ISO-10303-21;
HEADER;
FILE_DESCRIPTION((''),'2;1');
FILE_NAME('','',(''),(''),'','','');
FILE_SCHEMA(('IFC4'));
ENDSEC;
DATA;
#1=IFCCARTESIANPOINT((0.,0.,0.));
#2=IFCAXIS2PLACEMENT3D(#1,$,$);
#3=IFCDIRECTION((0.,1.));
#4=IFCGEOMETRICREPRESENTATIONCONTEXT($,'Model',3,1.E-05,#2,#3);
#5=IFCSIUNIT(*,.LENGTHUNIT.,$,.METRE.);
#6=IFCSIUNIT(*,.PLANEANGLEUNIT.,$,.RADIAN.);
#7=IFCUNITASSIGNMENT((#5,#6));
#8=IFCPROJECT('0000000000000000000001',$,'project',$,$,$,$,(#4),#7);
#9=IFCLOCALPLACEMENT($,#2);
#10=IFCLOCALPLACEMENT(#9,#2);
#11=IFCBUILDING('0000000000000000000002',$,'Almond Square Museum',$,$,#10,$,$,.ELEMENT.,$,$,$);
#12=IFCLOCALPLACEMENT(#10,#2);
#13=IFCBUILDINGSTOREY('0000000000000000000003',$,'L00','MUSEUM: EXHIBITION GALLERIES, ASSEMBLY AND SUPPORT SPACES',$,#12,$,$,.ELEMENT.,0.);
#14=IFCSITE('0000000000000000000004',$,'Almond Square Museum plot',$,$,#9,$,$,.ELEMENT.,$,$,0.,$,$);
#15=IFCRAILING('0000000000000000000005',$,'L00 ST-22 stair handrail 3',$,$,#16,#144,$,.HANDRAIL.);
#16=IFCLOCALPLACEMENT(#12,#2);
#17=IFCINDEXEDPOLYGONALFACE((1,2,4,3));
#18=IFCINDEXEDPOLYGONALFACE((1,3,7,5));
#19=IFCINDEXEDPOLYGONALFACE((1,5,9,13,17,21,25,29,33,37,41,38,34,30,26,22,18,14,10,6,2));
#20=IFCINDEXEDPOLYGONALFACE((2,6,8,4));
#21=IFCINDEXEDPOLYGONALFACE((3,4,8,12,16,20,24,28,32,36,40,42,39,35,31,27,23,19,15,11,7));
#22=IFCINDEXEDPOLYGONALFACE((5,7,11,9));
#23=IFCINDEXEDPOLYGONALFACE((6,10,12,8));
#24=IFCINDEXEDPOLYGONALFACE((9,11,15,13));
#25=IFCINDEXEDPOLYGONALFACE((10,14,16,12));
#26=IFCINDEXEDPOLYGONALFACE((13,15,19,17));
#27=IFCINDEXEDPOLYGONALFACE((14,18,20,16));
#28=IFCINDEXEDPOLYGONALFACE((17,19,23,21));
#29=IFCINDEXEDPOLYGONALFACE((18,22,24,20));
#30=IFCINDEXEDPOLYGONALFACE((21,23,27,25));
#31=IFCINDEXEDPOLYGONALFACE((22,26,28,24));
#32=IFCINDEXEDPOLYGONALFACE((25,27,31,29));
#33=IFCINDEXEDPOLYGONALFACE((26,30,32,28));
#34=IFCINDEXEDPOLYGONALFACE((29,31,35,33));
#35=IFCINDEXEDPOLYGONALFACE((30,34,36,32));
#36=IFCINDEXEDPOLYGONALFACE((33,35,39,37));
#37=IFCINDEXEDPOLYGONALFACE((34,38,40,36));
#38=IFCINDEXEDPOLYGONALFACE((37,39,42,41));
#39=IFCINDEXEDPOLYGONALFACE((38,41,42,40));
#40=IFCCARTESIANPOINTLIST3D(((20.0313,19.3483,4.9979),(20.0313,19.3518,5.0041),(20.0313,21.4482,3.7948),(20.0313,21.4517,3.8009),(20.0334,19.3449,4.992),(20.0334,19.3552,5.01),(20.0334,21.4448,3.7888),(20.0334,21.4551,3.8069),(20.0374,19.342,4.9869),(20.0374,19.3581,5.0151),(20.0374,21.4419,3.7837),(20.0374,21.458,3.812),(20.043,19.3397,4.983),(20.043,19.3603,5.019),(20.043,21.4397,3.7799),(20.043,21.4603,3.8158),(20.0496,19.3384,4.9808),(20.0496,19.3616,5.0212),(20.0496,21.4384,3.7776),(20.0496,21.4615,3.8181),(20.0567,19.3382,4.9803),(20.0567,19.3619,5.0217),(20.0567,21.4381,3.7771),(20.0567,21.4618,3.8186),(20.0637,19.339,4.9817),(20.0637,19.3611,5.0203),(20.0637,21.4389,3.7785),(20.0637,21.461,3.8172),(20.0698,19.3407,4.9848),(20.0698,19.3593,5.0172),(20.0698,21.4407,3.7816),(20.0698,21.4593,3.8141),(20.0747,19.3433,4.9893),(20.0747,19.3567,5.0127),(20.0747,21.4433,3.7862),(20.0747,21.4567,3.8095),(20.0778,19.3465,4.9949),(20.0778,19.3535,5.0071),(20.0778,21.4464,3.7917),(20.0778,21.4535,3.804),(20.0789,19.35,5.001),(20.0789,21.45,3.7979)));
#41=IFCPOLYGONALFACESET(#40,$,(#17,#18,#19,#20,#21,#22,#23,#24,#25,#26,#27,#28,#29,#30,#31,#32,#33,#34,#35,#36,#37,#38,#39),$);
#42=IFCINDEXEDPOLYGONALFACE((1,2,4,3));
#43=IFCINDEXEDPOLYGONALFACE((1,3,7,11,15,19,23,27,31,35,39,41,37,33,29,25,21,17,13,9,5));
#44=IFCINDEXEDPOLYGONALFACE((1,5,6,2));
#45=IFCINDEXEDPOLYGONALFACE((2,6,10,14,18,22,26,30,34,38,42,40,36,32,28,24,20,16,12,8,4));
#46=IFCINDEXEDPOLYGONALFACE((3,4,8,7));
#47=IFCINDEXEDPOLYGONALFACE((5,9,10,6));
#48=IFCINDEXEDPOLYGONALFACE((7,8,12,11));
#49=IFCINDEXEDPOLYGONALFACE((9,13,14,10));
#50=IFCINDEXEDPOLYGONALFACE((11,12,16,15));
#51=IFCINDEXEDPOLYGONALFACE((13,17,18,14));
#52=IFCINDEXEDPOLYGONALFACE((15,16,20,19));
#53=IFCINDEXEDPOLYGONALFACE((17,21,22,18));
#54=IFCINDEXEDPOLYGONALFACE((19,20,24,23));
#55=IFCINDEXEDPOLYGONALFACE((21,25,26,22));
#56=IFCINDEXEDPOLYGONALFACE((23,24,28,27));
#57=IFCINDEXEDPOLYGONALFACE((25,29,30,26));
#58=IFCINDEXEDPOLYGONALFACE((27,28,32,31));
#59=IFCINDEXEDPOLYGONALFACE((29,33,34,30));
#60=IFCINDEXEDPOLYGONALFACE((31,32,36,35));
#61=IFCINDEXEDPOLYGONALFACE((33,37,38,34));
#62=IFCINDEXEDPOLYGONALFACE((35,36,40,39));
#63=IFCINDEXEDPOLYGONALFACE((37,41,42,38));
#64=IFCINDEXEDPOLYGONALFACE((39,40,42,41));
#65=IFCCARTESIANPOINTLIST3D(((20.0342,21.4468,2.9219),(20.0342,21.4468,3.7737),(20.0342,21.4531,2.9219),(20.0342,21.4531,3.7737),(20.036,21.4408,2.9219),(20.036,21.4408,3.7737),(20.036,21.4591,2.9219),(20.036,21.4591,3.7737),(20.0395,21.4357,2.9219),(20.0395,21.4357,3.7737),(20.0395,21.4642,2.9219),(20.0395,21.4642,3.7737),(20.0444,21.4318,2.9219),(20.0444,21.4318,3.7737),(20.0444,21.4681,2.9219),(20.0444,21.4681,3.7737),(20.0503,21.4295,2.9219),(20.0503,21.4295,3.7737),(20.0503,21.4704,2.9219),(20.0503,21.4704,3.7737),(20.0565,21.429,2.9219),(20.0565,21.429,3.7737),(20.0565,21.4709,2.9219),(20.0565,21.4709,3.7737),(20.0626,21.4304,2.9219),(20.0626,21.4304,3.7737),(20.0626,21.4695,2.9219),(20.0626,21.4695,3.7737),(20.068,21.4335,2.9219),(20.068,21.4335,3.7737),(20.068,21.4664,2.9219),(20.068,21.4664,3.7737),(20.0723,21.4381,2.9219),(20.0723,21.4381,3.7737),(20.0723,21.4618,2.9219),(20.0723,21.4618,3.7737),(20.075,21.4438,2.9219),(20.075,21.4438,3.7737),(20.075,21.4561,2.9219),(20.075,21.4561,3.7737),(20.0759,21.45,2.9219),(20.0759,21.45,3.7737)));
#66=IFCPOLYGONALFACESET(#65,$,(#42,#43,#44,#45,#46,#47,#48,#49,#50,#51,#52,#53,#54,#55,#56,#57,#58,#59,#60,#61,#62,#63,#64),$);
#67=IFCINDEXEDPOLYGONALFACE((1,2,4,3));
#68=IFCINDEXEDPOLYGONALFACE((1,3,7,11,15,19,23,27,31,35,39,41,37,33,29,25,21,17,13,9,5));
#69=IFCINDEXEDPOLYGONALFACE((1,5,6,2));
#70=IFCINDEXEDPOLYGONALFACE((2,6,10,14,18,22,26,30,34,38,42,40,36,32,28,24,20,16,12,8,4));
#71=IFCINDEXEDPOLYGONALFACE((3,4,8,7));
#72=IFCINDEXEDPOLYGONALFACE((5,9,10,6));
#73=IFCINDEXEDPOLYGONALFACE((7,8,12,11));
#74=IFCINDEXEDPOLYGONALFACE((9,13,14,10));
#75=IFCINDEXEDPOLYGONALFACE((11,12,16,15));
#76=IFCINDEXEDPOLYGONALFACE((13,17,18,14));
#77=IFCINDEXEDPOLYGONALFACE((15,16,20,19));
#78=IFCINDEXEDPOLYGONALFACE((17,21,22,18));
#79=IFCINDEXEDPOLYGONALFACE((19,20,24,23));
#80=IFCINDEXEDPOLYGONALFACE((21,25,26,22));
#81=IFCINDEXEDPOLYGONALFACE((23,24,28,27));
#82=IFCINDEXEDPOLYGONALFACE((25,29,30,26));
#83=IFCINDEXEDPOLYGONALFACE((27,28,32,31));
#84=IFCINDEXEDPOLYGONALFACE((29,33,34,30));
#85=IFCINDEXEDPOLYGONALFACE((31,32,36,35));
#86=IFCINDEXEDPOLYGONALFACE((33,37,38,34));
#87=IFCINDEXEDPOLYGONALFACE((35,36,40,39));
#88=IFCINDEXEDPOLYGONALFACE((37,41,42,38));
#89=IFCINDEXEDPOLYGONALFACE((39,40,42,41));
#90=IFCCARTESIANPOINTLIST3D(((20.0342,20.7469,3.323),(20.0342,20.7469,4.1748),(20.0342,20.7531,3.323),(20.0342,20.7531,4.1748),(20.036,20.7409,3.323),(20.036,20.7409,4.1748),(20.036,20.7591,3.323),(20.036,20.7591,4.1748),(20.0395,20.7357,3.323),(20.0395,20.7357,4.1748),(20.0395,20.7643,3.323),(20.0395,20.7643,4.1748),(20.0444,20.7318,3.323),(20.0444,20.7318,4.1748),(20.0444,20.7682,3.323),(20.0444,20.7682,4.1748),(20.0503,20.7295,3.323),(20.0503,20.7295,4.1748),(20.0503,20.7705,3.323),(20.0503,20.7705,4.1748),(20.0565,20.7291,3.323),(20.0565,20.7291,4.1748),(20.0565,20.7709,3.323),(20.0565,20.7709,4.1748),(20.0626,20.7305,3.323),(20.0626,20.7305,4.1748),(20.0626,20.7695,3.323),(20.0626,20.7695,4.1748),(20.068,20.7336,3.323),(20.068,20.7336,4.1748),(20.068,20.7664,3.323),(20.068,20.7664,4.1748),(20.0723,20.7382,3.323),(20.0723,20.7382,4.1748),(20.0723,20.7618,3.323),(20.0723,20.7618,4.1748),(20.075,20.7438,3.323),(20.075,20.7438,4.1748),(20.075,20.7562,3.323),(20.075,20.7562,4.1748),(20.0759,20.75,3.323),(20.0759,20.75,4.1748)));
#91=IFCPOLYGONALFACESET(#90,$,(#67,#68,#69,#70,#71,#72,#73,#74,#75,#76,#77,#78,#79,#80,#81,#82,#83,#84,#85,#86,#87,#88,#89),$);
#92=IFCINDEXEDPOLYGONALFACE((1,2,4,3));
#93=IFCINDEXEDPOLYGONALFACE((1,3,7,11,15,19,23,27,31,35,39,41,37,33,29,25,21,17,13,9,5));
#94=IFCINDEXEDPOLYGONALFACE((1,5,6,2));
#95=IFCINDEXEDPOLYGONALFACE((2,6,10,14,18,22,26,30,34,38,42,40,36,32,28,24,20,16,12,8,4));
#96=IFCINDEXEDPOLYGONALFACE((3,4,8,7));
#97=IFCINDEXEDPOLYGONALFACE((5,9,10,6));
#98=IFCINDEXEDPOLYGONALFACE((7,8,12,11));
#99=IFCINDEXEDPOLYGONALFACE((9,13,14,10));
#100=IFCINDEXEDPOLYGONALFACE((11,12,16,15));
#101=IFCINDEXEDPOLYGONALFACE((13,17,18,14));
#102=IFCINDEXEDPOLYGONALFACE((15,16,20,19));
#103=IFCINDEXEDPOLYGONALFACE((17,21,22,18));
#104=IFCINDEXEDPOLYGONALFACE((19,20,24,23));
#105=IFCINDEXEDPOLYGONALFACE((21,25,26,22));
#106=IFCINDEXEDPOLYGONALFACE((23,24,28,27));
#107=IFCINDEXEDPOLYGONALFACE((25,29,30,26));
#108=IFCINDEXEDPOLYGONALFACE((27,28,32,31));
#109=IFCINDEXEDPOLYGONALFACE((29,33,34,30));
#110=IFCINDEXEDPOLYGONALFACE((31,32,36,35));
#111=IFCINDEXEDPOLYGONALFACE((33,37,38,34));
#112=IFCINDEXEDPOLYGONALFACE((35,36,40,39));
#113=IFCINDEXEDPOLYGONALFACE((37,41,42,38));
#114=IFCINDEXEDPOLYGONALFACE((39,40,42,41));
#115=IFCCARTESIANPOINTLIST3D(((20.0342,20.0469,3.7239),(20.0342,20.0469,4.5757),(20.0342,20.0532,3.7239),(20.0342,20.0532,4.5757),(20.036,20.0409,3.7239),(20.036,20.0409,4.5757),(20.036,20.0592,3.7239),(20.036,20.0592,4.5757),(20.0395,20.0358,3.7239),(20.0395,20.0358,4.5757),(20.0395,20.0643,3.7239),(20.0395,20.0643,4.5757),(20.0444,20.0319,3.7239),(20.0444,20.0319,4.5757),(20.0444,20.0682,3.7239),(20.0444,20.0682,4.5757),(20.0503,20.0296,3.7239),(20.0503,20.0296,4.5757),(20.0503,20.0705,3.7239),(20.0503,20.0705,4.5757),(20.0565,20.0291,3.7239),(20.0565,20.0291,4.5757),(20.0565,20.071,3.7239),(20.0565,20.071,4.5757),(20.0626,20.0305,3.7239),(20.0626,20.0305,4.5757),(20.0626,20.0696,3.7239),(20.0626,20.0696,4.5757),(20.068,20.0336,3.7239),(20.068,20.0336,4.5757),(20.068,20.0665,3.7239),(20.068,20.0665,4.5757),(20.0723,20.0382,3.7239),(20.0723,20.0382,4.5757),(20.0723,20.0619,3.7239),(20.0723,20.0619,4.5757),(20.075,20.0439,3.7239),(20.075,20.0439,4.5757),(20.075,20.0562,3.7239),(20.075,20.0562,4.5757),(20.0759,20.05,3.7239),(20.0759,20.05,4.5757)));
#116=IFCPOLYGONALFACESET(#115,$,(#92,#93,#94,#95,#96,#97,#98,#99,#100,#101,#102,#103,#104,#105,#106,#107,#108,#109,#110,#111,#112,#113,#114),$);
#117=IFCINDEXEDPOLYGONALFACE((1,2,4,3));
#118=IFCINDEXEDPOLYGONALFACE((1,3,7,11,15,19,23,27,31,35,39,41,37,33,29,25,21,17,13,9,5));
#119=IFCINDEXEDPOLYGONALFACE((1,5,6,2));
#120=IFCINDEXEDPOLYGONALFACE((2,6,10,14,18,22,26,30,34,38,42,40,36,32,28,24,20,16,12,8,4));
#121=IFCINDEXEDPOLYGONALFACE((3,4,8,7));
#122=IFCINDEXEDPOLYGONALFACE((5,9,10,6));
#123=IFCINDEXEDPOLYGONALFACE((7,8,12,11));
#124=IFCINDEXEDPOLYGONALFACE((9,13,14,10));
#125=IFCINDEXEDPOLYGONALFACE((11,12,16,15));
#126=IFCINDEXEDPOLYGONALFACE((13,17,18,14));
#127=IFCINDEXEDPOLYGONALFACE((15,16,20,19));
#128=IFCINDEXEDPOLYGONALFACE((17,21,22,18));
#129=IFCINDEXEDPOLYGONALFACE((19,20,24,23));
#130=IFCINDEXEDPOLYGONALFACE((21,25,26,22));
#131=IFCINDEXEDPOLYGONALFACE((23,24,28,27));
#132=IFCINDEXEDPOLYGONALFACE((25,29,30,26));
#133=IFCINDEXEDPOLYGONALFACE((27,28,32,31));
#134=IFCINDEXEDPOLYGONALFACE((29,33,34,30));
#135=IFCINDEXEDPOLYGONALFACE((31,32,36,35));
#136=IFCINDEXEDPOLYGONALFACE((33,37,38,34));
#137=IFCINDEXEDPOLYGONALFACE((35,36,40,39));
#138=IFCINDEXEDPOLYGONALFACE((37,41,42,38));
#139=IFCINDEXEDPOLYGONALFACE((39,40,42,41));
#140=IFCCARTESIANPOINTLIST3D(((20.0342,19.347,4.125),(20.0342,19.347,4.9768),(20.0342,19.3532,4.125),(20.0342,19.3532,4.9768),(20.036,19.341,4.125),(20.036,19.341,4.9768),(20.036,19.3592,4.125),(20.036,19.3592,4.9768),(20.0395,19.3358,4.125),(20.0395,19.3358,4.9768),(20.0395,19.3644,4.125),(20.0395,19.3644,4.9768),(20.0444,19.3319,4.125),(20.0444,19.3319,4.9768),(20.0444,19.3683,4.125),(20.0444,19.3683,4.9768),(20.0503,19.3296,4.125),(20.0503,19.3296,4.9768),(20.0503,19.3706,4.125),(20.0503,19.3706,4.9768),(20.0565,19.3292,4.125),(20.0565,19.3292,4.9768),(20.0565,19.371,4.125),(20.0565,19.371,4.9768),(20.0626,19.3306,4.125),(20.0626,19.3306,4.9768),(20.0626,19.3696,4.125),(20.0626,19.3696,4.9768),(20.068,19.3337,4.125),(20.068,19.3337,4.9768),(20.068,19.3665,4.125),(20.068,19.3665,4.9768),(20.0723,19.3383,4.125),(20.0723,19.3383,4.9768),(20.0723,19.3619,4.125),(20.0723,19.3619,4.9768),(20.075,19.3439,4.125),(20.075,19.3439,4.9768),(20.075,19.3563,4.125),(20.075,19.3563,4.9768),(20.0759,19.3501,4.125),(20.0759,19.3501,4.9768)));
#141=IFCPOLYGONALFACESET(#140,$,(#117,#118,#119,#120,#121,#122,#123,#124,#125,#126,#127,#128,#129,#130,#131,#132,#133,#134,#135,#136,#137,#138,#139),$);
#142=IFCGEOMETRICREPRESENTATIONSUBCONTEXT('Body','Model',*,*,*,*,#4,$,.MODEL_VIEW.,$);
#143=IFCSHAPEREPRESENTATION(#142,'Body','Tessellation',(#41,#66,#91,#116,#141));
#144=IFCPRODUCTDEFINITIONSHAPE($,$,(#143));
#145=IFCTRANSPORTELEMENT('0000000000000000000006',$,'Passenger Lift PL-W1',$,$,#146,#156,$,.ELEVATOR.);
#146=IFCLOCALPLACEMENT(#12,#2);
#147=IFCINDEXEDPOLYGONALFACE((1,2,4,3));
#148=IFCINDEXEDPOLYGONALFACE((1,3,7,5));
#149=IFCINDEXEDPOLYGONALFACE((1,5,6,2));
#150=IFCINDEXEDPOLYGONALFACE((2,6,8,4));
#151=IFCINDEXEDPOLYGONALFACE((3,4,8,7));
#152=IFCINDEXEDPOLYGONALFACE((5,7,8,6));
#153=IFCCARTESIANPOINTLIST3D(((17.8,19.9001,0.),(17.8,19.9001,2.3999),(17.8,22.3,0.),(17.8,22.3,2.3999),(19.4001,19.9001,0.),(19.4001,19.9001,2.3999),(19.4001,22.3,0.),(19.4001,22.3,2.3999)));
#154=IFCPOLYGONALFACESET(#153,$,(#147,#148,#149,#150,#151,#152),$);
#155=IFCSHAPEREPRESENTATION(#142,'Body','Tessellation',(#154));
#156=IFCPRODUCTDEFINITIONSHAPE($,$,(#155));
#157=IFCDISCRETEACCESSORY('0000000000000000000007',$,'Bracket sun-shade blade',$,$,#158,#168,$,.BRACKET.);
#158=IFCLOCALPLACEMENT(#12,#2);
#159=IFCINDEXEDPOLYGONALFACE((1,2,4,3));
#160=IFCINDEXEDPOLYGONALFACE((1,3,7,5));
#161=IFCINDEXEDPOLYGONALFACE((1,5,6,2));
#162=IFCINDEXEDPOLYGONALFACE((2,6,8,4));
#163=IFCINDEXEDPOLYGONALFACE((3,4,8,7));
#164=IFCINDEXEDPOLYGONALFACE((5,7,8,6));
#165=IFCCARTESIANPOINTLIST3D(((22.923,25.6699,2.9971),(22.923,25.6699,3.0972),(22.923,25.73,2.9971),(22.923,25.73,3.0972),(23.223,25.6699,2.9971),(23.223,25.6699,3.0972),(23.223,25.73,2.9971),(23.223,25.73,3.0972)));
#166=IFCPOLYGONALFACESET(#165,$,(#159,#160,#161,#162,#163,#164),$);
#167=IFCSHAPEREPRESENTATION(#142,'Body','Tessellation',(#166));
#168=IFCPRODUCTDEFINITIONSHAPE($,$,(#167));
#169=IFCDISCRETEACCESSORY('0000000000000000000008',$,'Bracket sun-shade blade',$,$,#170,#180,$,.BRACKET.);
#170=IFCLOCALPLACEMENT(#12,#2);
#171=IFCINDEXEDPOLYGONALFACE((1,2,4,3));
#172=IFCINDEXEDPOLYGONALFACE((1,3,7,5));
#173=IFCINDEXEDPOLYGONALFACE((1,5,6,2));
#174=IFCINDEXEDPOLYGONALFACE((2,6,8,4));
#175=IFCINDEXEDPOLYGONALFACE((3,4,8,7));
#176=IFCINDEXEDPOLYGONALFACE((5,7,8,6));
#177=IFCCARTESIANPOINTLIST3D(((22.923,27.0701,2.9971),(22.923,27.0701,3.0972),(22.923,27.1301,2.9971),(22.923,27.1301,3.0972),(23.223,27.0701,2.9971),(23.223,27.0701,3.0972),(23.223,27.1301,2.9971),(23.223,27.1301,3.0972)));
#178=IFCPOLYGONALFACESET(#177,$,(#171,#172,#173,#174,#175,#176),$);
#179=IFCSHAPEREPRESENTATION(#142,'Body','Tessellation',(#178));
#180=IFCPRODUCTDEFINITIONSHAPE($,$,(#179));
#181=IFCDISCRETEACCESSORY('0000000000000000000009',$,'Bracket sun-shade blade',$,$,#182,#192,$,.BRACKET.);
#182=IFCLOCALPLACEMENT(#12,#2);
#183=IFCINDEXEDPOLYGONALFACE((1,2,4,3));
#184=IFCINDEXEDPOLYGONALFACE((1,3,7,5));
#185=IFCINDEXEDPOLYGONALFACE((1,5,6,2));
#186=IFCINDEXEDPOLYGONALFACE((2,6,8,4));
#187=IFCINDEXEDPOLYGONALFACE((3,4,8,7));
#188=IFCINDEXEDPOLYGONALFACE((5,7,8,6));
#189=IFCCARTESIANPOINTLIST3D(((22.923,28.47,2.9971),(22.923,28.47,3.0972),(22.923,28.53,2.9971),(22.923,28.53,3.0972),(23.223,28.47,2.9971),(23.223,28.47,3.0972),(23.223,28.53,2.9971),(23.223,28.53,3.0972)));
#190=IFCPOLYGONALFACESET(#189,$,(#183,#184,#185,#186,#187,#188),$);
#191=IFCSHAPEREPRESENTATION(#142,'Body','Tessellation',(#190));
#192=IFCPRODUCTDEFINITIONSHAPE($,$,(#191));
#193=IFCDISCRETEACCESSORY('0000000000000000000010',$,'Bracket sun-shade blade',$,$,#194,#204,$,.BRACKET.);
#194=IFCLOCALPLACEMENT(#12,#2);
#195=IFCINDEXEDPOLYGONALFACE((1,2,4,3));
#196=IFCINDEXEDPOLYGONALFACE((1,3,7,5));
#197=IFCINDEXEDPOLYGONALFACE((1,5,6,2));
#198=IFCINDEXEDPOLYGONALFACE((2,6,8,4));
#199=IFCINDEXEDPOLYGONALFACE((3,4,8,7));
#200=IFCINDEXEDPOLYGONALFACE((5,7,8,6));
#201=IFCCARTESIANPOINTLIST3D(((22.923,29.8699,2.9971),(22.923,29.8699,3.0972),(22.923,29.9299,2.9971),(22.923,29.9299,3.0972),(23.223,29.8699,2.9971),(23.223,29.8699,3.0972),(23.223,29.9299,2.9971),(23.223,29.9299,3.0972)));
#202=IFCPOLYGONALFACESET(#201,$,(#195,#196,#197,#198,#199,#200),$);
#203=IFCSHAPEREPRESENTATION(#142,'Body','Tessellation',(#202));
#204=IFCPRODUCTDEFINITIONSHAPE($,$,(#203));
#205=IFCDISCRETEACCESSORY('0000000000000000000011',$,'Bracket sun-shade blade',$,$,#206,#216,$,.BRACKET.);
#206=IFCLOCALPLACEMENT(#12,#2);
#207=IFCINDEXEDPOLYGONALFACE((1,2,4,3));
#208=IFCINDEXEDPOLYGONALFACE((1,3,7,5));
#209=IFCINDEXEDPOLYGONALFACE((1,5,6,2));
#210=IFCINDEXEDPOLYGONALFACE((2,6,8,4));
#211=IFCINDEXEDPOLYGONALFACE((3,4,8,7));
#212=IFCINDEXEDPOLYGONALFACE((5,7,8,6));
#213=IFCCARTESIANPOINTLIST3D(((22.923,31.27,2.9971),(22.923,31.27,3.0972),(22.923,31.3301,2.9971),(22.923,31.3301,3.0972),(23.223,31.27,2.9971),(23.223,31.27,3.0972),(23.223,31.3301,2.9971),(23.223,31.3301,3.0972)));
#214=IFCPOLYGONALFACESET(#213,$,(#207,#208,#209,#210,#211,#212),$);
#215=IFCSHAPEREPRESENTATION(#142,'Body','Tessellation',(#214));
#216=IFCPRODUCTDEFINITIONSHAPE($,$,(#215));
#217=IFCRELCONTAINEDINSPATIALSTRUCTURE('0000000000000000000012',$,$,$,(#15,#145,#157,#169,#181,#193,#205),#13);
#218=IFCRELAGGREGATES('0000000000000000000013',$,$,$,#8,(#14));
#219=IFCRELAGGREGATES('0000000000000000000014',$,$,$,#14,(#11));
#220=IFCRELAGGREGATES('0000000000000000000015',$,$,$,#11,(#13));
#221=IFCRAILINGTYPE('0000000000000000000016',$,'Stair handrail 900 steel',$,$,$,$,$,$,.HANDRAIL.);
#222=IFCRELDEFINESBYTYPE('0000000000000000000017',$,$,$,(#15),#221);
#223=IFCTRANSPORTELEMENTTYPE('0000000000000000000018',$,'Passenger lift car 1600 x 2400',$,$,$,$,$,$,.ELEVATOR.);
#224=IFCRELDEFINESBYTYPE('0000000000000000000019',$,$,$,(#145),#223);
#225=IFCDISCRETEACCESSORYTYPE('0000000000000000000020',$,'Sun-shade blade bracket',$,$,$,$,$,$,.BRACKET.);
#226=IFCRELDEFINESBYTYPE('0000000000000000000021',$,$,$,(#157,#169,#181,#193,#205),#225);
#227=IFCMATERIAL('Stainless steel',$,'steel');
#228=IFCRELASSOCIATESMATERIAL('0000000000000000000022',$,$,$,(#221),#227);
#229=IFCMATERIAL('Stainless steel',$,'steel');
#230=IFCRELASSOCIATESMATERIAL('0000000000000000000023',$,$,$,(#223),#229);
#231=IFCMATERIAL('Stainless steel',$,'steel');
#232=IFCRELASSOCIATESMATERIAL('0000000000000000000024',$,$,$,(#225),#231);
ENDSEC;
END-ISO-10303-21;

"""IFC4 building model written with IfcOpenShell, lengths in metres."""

from ifc_helpers import new_model, si_unit, direction, frame, origin, origin_2d, place, context, subcontext, project, spatial, rectangle, circle, extrude, material, type_object, element, save


model = new_model("IFC4")

# Units and contexts
model_context = context("Model", 3, precision=1e-05, world=origin(), true_north=direction((0.0, 1.0)))
body_context = subcontext(model_context, "Body", "Model", "MODEL_VIEW")
ifc_project = project(units=[si_unit("LENGTHUNIT", "METRE"), si_unit("PLANEANGLEUNIT", "RADIAN")], contexts=[model_context])

# Site, building, storey
site_placement = place(None, origin())
site = spatial("IfcSite", under=ifc_project, at=site_placement, Name="Almond Square Museum plot", CompositionType="ELEMENT", RefElevation=0.0)
building_placement = place(site_placement, origin())
building = spatial("IfcBuilding", under=site, at=building_placement, Name="Almond Square Museum", CompositionType="ELEMENT")
storey_placement = place(building_placement, origin())
storey = spatial("IfcBuildingStorey", under=building, at=storey_placement, Name="L00", Description="MUSEUM: EXHIBITION GALLERIES, ASSEMBLY AND SUPPORT SPACES", CompositionType="ELEMENT", Elevation=0.0)

# Railing
ifc_material_1 = material(Name="Stainless steel", Category="steel")
railing_type_1 = type_object("IfcRailingType", Name="Stair handrail 900 steel", PredefinedType="HANDRAIL", material=ifc_material_1)
for number, where, name in (
    (1, (20.0549, 21.45, 2.9219), "L00 ST-22 stair handrail 3"),
):
    element("IfcRailing", number, at=place(storey_placement, frame(where)), inside=storey, type_object=railing_type_1, Name=name, PredefinedType="HANDRAIL", context=body_context, shape_type="SweptSolid", body=[
        extrude(circle(Radius=0.0239, at=origin_2d()), frame((0.0, 0.0, 0.876), z_axis=(0.0, -0.867671, 0.497138), x_axis=(1.0, 0.0, 0.0)), (0.0, 0.0, 1.0), 2.4202),
        extrude(circle(Radius=0.021, at=origin_2d()), origin(), (0.0, 0.0, 1.0), 0.8518),
        extrude(circle(Radius=0.021, at=origin_2d()), frame((0.0, -0.7, 0.4011)), (0.0, 0.0, 1.0), 0.8518),
        extrude(circle(Radius=0.021, at=origin_2d()), frame((0.0, -1.3999, 0.802)), (0.0, 0.0, 1.0), 0.8518),
        extrude(circle(Radius=0.021, at=origin_2d()), frame((0.0, -2.0999, 1.2031)), (0.0, 0.0, 1.0), 0.8518),
    ])

# Transport element
ifc_material_2 = material(Name="Stainless steel", Category="steel")
transport_element_type = type_object("IfcTransportElementType", Name="Passenger lift car 1600 x 2400", PredefinedType="ELEVATOR", material=ifc_material_2)
transport_element_placement = place(storey_placement, frame((18.6001, 21.1001, 0.0), z_axis=(0.0, 0.0, 1.0), x_axis=(1.0, 0.0, 0.0)))
element("IfcTransportElement", 2, at=transport_element_placement, inside=storey, type_object=transport_element_type, Name="Passenger Lift PL-W1", PredefinedType="ELEVATOR", context=body_context, shape_type="SweptSolid", body=[
    extrude(rectangle(XDim=1.6001, YDim=2.3999, at=origin_2d()), origin(), (0.0, 0.0, 1.0), 2.3999),
])

# Discrete accessories
ifc_material_3 = material(Name="Stainless steel", Category="steel")
discrete_accessory_type = type_object("IfcDiscreteAccessoryType", Name="Sun-shade blade bracket", PredefinedType="BRACKET", material=ifc_material_3)
for number, where, z_axis, x_axis, name in (
    (3, (23.073, 25.7, 2.9971), (0.0, 0.0, 1.0), (1.0, 0.0, 0.0), "Bracket sun-shade blade"),
    (4, (23.073, 27.1001, 2.9971), (0.0, 0.0, 1.0), (1.0, 0.0, 0.0), "Bracket sun-shade blade"),
    (5, (23.073, 28.5, 2.9971), (0.0, 0.0, 1.0), (1.0, 0.0, 0.0), "Bracket sun-shade blade"),
    (6, (23.073, 29.8999, 2.9971), (0.0, 0.0, 1.0), (1.0, 0.0, 0.0), "Bracket sun-shade blade"),
    (7, (23.073, 31.3, 2.9971), (0.0, 0.0, 1.0), (1.0, 0.0, 0.0), "Bracket sun-shade blade"),
):
    element("IfcDiscreteAccessory", number, at=place(storey_placement, frame(where, z_axis=z_axis, x_axis=x_axis)), inside=storey, type_object=discrete_accessory_type, Name=name, PredefinedType="BRACKET", context=body_context, shape_type="SweptSolid", body=[
        extrude(rectangle(XDim=0.3, YDim=0.0601, at=origin_2d()), origin(), (0.0, 0.0, 1.0), 0.1001),
    ])

save(model, "model.ifc")
